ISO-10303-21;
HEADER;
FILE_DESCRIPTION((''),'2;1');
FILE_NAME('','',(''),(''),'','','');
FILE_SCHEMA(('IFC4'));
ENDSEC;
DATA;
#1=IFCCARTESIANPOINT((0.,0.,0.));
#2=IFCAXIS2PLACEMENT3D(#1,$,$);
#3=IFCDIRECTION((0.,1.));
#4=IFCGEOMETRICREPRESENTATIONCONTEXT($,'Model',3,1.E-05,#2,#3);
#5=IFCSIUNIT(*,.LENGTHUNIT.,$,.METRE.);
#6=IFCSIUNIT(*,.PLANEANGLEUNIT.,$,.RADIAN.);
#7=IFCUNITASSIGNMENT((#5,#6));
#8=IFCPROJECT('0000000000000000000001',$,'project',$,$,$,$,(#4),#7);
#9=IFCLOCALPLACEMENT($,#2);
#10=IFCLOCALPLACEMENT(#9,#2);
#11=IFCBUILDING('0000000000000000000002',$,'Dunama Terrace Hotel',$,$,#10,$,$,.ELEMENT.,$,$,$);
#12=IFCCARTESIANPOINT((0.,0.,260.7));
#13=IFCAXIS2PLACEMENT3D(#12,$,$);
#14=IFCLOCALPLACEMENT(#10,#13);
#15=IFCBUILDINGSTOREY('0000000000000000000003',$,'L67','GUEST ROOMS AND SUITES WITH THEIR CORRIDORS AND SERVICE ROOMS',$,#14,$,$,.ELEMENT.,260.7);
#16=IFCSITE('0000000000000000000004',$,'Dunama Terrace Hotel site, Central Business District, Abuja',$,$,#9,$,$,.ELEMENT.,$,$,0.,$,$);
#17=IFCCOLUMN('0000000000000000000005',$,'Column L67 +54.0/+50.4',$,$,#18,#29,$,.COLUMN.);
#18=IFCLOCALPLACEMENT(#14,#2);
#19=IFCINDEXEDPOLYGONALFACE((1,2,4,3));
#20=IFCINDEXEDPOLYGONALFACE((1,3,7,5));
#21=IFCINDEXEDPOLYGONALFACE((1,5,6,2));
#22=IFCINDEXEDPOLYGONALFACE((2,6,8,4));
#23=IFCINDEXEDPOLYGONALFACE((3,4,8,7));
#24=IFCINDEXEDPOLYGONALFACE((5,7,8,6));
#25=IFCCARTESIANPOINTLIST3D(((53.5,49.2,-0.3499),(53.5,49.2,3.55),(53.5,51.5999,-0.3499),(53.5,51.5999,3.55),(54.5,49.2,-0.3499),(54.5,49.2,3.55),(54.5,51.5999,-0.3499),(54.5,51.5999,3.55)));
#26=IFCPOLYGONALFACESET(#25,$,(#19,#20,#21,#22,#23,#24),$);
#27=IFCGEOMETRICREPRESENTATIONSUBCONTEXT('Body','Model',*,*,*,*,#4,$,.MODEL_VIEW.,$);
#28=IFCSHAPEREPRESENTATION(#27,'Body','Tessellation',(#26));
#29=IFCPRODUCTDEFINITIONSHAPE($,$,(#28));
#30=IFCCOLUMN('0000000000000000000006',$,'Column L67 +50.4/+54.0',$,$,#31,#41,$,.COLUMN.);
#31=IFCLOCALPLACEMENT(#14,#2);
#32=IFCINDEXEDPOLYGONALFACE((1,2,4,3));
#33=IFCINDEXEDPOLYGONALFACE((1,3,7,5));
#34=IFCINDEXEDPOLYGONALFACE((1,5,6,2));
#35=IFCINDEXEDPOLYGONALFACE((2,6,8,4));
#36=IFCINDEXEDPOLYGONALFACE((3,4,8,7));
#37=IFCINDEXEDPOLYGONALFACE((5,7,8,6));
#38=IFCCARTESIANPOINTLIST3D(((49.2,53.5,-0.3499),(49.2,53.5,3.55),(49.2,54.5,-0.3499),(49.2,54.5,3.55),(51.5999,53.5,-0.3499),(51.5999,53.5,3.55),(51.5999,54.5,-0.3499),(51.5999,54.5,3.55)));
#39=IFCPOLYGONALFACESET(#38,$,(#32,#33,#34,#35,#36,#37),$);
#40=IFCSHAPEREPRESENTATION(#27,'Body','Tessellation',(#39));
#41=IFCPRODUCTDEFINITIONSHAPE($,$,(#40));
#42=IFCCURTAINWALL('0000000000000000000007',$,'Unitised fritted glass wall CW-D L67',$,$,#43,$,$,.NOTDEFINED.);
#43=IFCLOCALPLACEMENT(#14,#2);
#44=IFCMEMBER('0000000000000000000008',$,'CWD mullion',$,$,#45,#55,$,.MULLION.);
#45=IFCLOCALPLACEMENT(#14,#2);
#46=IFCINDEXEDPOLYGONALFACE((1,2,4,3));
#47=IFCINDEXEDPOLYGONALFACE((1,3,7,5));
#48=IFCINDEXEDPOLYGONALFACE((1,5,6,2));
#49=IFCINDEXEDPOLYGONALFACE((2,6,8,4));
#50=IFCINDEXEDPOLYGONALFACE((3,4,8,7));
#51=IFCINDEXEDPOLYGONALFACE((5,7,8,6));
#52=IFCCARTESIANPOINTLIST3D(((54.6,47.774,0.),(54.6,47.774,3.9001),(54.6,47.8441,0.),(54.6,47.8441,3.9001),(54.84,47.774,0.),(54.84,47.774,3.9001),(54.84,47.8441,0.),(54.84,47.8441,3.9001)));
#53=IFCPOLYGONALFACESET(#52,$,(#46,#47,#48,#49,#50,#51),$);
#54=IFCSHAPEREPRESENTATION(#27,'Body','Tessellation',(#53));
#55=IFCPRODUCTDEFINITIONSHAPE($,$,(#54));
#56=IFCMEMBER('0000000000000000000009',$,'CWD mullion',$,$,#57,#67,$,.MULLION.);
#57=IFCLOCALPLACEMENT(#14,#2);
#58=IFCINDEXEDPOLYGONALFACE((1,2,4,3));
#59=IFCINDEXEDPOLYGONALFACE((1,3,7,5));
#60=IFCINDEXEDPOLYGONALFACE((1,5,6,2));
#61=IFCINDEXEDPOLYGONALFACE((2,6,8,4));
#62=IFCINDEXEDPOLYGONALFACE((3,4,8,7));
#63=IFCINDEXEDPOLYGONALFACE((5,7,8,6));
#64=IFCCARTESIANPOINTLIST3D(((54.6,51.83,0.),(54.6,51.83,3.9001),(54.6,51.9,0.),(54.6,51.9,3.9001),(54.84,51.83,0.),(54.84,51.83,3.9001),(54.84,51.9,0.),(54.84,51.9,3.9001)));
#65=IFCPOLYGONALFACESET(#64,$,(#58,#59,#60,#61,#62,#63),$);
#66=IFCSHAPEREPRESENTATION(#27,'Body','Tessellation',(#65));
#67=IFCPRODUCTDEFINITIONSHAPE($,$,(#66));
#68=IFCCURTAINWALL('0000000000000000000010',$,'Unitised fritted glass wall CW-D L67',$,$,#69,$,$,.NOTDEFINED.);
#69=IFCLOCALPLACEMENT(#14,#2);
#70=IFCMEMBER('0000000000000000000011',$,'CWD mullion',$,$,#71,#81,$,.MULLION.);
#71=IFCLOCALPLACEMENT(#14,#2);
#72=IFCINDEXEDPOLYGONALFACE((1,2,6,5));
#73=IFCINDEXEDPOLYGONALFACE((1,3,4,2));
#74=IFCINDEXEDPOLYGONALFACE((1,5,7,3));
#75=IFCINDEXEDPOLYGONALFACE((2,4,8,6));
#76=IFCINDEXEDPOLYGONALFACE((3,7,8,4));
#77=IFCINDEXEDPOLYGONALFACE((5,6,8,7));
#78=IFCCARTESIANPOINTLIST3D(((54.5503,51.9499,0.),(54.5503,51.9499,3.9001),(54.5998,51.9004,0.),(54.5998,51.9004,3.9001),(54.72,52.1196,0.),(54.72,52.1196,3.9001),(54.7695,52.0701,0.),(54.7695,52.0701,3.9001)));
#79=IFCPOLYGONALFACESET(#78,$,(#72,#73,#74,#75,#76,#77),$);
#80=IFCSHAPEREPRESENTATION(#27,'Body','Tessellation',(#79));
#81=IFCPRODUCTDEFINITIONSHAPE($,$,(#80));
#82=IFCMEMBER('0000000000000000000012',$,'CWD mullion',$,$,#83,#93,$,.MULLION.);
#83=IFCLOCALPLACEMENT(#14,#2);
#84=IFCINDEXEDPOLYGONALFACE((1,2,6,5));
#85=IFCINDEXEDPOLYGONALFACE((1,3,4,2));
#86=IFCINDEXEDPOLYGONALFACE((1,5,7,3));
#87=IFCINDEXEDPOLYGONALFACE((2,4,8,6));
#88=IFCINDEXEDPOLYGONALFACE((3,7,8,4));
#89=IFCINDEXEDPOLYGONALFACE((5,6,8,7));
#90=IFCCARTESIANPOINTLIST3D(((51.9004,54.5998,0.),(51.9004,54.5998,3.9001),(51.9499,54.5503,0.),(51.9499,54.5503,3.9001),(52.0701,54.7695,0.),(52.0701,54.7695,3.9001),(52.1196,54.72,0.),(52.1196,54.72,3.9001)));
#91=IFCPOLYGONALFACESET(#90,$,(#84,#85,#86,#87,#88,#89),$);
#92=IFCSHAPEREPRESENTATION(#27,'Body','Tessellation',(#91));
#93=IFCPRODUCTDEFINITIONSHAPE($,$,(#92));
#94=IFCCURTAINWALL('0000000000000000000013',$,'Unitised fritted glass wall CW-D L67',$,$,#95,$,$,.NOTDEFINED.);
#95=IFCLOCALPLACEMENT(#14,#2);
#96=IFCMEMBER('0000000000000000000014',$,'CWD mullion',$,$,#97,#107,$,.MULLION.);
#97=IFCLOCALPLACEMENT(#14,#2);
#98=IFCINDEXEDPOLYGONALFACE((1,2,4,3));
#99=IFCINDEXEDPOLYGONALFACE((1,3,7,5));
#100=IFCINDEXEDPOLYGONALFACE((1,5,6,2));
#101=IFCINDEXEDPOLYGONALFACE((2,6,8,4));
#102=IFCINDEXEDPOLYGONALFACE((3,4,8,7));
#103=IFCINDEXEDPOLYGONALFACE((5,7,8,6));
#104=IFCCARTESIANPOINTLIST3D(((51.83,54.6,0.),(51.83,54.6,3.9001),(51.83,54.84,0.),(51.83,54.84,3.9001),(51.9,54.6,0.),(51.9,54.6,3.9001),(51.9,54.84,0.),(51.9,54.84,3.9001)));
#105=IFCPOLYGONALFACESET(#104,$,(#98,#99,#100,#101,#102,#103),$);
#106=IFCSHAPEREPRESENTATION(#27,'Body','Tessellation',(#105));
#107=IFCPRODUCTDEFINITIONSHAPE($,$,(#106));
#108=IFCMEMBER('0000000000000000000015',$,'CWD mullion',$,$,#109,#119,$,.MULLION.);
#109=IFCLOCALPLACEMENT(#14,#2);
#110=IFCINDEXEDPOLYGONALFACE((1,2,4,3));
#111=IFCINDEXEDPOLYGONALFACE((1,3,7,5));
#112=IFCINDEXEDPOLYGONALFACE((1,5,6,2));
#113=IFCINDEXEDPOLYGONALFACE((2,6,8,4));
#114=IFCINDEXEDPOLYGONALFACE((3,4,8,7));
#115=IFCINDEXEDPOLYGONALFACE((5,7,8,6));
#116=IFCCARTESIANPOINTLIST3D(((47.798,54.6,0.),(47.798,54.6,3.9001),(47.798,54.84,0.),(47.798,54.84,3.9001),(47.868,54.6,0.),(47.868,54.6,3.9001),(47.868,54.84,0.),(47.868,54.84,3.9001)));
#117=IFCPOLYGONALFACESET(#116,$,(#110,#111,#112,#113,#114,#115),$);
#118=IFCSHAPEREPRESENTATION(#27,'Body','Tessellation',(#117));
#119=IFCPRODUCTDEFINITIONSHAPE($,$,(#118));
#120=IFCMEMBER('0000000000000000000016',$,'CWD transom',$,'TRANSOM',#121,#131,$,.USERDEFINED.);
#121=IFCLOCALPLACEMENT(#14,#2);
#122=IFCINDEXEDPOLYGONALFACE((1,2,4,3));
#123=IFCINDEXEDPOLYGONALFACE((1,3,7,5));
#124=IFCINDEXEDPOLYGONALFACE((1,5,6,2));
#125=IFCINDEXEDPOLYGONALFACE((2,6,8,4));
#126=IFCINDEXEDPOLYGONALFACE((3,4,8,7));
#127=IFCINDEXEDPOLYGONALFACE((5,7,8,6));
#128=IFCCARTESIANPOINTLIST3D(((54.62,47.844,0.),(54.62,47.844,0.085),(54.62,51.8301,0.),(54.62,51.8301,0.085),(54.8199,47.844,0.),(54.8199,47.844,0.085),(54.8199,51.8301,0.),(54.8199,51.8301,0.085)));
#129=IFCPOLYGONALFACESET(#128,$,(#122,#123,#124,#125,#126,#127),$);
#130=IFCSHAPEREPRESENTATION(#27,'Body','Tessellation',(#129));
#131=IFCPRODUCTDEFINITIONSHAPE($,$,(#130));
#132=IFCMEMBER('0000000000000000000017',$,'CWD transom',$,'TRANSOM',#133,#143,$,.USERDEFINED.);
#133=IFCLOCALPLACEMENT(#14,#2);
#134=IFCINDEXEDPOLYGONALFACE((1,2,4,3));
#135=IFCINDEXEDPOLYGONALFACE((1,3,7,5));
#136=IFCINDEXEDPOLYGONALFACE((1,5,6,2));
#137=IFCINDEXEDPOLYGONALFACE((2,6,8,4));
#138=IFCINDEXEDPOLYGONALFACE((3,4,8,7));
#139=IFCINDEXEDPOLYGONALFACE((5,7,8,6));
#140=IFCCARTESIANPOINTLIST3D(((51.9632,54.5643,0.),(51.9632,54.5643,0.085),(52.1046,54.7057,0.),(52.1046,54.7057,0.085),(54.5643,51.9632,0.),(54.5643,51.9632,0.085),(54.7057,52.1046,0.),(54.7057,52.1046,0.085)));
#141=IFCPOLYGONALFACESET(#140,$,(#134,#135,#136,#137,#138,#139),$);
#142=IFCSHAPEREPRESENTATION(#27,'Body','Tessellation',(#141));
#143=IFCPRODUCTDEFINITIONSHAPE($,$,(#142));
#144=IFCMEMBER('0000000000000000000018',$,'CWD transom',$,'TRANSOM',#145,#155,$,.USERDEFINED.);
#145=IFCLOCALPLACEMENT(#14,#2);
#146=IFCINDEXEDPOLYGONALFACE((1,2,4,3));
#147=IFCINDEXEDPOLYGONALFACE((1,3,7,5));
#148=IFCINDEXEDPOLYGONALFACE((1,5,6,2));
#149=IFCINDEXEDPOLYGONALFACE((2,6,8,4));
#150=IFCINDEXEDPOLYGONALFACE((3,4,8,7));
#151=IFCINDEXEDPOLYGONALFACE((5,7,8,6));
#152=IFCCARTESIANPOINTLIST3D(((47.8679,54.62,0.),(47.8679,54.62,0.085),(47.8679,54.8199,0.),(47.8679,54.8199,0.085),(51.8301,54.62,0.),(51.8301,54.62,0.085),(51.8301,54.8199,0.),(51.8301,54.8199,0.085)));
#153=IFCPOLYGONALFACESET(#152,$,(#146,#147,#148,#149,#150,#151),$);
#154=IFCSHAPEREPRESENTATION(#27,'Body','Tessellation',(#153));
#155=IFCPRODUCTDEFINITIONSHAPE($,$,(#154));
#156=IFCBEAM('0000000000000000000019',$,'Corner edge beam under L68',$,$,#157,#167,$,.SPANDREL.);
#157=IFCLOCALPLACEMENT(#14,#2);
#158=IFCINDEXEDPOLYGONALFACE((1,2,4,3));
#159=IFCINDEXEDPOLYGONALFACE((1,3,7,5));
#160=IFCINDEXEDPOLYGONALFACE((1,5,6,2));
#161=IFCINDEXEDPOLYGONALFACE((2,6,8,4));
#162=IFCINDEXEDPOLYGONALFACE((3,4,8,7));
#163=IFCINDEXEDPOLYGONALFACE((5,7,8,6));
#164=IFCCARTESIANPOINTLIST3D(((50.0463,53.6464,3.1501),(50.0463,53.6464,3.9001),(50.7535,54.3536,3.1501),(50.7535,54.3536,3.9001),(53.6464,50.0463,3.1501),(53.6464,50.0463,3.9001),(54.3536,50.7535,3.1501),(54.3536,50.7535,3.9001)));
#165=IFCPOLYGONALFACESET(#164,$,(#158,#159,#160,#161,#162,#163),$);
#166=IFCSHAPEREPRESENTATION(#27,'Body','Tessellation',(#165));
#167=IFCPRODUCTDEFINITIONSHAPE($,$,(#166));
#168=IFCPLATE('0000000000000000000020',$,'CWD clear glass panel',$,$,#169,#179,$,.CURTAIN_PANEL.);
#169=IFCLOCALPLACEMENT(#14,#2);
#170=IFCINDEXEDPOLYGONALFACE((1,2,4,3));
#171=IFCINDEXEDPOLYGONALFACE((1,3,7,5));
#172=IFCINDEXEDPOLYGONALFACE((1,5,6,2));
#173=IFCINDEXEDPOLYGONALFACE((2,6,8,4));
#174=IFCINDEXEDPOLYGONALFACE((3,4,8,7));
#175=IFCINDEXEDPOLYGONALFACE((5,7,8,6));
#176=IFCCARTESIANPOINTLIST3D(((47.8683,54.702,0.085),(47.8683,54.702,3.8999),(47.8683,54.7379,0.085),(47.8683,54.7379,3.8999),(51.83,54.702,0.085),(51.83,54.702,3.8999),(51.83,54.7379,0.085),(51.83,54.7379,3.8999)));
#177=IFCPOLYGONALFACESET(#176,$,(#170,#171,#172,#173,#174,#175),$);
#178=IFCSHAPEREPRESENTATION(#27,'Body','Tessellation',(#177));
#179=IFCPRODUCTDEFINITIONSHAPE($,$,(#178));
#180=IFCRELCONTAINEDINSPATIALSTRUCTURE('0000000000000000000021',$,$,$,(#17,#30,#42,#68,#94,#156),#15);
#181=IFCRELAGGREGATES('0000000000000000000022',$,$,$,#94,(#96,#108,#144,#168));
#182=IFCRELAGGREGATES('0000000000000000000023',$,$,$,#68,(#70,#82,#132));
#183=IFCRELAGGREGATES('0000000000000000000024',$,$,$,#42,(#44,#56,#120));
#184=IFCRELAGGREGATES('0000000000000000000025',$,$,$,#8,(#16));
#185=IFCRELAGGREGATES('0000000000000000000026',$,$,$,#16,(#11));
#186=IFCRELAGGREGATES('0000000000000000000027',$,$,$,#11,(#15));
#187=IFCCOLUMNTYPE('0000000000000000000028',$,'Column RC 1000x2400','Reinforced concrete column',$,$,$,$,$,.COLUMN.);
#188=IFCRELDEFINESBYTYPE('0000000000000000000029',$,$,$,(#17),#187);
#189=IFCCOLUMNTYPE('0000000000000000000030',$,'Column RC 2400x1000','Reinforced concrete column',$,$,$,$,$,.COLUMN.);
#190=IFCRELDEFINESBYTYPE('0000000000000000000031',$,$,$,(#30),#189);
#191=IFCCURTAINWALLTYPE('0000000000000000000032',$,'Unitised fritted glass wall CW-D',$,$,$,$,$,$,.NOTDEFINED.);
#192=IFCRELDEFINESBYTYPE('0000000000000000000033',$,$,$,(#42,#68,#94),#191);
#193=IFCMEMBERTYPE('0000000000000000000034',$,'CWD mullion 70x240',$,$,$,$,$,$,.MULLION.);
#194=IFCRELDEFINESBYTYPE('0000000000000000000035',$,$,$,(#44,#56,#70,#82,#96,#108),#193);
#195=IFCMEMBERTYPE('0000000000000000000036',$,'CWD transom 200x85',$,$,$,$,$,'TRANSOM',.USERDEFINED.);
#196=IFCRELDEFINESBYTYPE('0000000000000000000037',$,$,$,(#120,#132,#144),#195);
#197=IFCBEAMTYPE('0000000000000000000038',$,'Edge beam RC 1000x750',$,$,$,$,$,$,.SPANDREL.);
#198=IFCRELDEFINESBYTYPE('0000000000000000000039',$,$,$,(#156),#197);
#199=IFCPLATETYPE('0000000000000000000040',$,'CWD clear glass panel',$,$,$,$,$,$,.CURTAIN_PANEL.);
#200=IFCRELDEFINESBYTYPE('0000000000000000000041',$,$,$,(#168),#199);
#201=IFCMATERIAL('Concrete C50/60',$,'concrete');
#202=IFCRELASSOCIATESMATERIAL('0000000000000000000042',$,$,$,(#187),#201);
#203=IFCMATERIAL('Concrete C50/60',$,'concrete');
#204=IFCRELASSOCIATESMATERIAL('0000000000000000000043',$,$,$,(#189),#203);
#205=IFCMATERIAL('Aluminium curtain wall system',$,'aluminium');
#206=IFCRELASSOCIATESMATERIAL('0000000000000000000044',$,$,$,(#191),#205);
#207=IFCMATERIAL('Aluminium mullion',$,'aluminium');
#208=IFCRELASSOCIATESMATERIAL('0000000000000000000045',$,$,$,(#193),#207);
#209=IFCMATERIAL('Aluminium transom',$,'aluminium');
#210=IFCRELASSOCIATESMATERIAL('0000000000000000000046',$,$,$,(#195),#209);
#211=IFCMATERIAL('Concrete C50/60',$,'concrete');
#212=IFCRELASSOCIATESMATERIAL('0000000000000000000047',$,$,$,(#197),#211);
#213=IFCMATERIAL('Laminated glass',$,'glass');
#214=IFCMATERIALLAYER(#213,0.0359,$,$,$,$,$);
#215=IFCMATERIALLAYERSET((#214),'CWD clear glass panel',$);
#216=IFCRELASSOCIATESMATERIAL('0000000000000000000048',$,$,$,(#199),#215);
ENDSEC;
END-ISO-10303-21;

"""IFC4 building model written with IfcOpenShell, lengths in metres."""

from ifc_helpers import new_model, si_unit, direction, frame, origin, origin_2d, place, context, subcontext, project, spatial, rectangle, extrude, material, layer, layer_set, material_profile, profile_set, type_object, element, aggregate, save


model = new_model("IFC4")

# Units and contexts
model_context = context("Model", 3, precision=1e-05, world=origin(), true_north=direction((0.0, 1.0)))
body_context = subcontext(model_context, "Body", "Model", "MODEL_VIEW")
ifc_project = project(units=[si_unit("LENGTHUNIT", "METRE"), si_unit("PLANEANGLEUNIT", "RADIAN")], contexts=[model_context])

# Site, building, storey
site_placement = place(None, origin())
site = spatial("IfcSite", under=ifc_project, at=site_placement, Name="Dunama Terrace Hotel site, Central Business District, Abuja", CompositionType="ELEMENT", RefElevation=0.0)
building_placement = place(site_placement, origin())
building = spatial("IfcBuilding", under=site, at=building_placement, Name="Dunama Terrace Hotel", CompositionType="ELEMENT")
storey_placement = place(building_placement, frame((0.0, 0.0, 260.7)))
storey = spatial("IfcBuildingStorey", under=building, at=storey_placement, Name="L67", Description="GUEST ROOMS AND SUITES WITH THEIR CORRIDORS AND SERVICE ROOMS", CompositionType="ELEMENT", Elevation=260.7)

# Columns
ifc_material_1 = material(Name="Concrete C50/60", Category="concrete")
ifc_material_profile_1 = material_profile(ifc_material_1, rectangle(XDim=1.0, YDim=2.3999, at=origin_2d()), Name="RC 1000x2400")
ifc_profile_set_1 = profile_set([ifc_material_profile_1], Name="Concrete C50/60")
column_type_1 = type_object("IfcColumnType", Name="Column RC 1000x2400", Description="Reinforced concrete column", PredefinedType="COLUMN", material=ifc_profile_set_1)
column_1_placement = place(storey_placement, frame((54.0, 50.3999, -0.3499), z_axis=(0.0, 0.0, 1.0), x_axis=(1.0, 0.0, 0.0)))
element("IfcColumn", 1, at=column_1_placement, inside=storey, type_object=column_type_1, Name="Column L67 +54.0/+50.4", PredefinedType="COLUMN", context=body_context, shape_type="SweptSolid", body=[
    extrude(rectangle(XDim=1.0, YDim=2.3999, at=origin_2d()), origin(), (0.0, 0.0, 1.0), 3.8999),
])
ifc_material_2 = material(Name="Concrete C50/60", Category="concrete")
ifc_material_profile_2 = material_profile(ifc_material_2, rectangle(XDim=2.3999, YDim=1.0, at=origin_2d()), Name="RC 2400x1000")
ifc_profile_set_2 = profile_set([ifc_material_profile_2], Name="Concrete C50/60")
column_type_2 = type_object("IfcColumnType", Name="Column RC 2400x1000", Description="Reinforced concrete column", PredefinedType="COLUMN", material=ifc_profile_set_2)
column_2_placement = place(storey_placement, frame((50.3999, 54.0, -0.3499), z_axis=(0.0, 0.0, 1.0), x_axis=(1.0, 0.0, 0.0)))
element("IfcColumn", 2, at=column_2_placement, inside=storey, type_object=column_type_2, Name="Column L67 +50.4/+54.0", PredefinedType="COLUMN", context=body_context, shape_type="SweptSolid", body=[
    extrude(rectangle(XDim=2.3999, YDim=1.0, at=origin_2d()), origin(), (0.0, 0.0, 1.0), 3.8999),
])

# Curtain walls, members
ifc_material_3 = material(Name="Aluminium curtain wall system", Category="aluminium")
curtain_wall_type = type_object("IfcCurtainWallType", Name="Unitised fritted glass wall CW-D", PredefinedType="NOTDEFINED", material=ifc_material_3)
curtain_wall_1_placement = place(storey_placement, origin())
curtain_wall_1 = element("IfcCurtainWall", 3, at=curtain_wall_1_placement, inside=storey, type_object=curtain_wall_type, Name="Unitised fritted glass wall CW-D L67", PredefinedType="NOTDEFINED")
ifc_material_4 = material(Name="Aluminium mullion", Category="aluminium")
ifc_material_profile_3 = material_profile(ifc_material_4, rectangle(XDim=0.0701, YDim=0.24, at=origin_2d()), Name="CWD MULLION 70X240")
ifc_profile_set_3 = profile_set([ifc_material_profile_3], Name="Aluminium mullion")
member_type_1 = type_object("IfcMemberType", Name="CWD mullion 70x240", PredefinedType="MULLION", material=ifc_profile_set_3)
member_1_placement = place(storey_placement, frame((54.72, 47.8091, 0.0), z_axis=(0.0, 0.0, 1.0), x_axis=(0.0, 1.0, 0.0)))
member_1 = element("IfcMember", 4, at=member_1_placement, type_object=member_type_1, Name="CWD mullion", PredefinedType="MULLION", context=body_context, shape_type="SweptSolid", body=[
    extrude(rectangle(XDim=0.0701, YDim=0.24, at=origin_2d()), origin(), (0.0, 0.0, 1.0), 3.9001),
])
member_2_placement = place(storey_placement, frame((54.72, 51.865, 0.0), z_axis=(0.0, 0.0, 1.0), x_axis=(0.0, 1.0, 0.0)))
member_2 = element("IfcMember", 5, at=member_2_placement, type_object=member_type_1, Name="CWD mullion", PredefinedType="MULLION", context=body_context, shape_type="SweptSolid", body=[
    extrude(rectangle(XDim=0.0701, YDim=0.24, at=origin_2d()), origin(), (0.0, 0.0, 1.0), 3.9001),
])
curtain_wall_2_placement = place(storey_placement, origin())
curtain_wall_2 = element("IfcCurtainWall", 6, at=curtain_wall_2_placement, inside=storey, type_object=curtain_wall_type, Name="Unitised fritted glass wall CW-D L67", PredefinedType="NOTDEFINED")
member_3_placement = place(storey_placement, frame((54.6599, 52.01, 0.0), z_axis=(0.0, 0.0, 1.0), x_axis=(-0.707107, 0.707107, 0.0)))
member_3 = element("IfcMember", 7, at=member_3_placement, type_object=member_type_1, Name="CWD mullion", PredefinedType="MULLION", context=body_context, shape_type="SweptSolid", body=[
    extrude(rectangle(XDim=0.0701, YDim=0.24, at=origin_2d()), origin(), (0.0, 0.0, 1.0), 3.9001),
])
member_4_placement = place(storey_placement, frame((52.01, 54.6599, 0.0), z_axis=(0.0, 0.0, 1.0), x_axis=(-0.707107, 0.707107, 0.0)))
member_4 = element("IfcMember", 8, at=member_4_placement, type_object=member_type_1, Name="CWD mullion", PredefinedType="MULLION", context=body_context, shape_type="SweptSolid", body=[
    extrude(rectangle(XDim=0.0701, YDim=0.24, at=origin_2d()), origin(), (0.0, 0.0, 1.0), 3.9001),
])
curtain_wall_3_placement = place(storey_placement, origin())
curtain_wall_3 = element("IfcCurtainWall", 9, at=curtain_wall_3_placement, inside=storey, type_object=curtain_wall_type, Name="Unitised fritted glass wall CW-D L67", PredefinedType="NOTDEFINED")
member_5_placement = place(storey_placement, frame((51.865, 54.72, 0.0), z_axis=(0.0, 0.0, 1.0), x_axis=(-1.0, 0.0, 0.0)))
member_5 = element("IfcMember", 10, at=member_5_placement, type_object=member_type_1, Name="CWD mullion", PredefinedType="MULLION", context=body_context, shape_type="SweptSolid", body=[
    extrude(rectangle(XDim=0.0701, YDim=0.24, at=origin_2d()), origin(), (0.0, 0.0, 1.0), 3.9001),
])
member_6_placement = place(storey_placement, frame((47.833, 54.72, 0.0), z_axis=(0.0, 0.0, 1.0), x_axis=(-1.0, 0.0, 0.0)))
member_6 = element("IfcMember", 11, at=member_6_placement, type_object=member_type_1, Name="CWD mullion", PredefinedType="MULLION", context=body_context, shape_type="SweptSolid", body=[
    extrude(rectangle(XDim=0.0701, YDim=0.24, at=origin_2d()), origin(), (0.0, 0.0, 1.0), 3.9001),
])

# Members
ifc_material_5 = material(Name="Aluminium transom", Category="aluminium")
ifc_material_profile_4 = material_profile(ifc_material_5, rectangle(XDim=0.2, YDim=0.085, at=origin_2d()), Name="CWD TRANSOM 200X85")
ifc_profile_set_4 = profile_set([ifc_material_profile_4], Name="Aluminium transom")
member_type_2 = type_object("IfcMemberType", Name="CWD transom 200x85", ElementType="TRANSOM", PredefinedType="USERDEFINED", material=ifc_profile_set_4)
member_7_placement = place(storey_placement, frame((54.72, 47.844, 0.0425), z_axis=(0.0, 1.0, 0.0), x_axis=(-1.0, 0.0, 0.0)))
member_7 = element("IfcMember", 12, at=member_7_placement, type_object=member_type_2, Name="CWD transom", ObjectType="TRANSOM", PredefinedType="USERDEFINED", context=body_context, shape_type="SweptSolid", body=[
    extrude(rectangle(XDim=0.2, YDim=0.085, at=origin_2d()), origin(), (0.0, 0.0, 1.0), 3.9861),
])
member_8_placement = place(storey_placement, frame((54.635, 52.0339, 0.0425), z_axis=(-0.707107, 0.707107, 0.0), x_axis=(-0.707107, -0.707107, 0.0)))
member_8 = element("IfcMember", 13, at=member_8_placement, type_object=member_type_2, Name="CWD transom", ObjectType="TRANSOM", PredefinedType="USERDEFINED", context=body_context, shape_type="SweptSolid", body=[
    extrude(rectangle(XDim=0.2, YDim=0.085, at=origin_2d()), origin(), (0.0, 0.0, 1.0), 3.6785),
])
member_9_placement = place(storey_placement, frame((51.8301, 54.72, 0.0425), z_axis=(-1.0, 0.0, 0.0), x_axis=(0.0, -1.0, 0.0)))
member_9 = element("IfcMember", 14, at=member_9_placement, type_object=member_type_2, Name="CWD transom", ObjectType="TRANSOM", PredefinedType="USERDEFINED", context=body_context, shape_type="SweptSolid", body=[
    extrude(rectangle(XDim=0.2, YDim=0.085, at=origin_2d()), origin(), (0.0, 0.0, 1.0), 3.9622),
])

# Beam
ifc_material_6 = material(Name="Concrete C50/60", Category="concrete")
ifc_material_profile_5 = material_profile(ifc_material_6, rectangle(XDim=1.0, YDim=0.75, at=origin_2d()), Name="RC 1000x750")
ifc_profile_set_5 = profile_set([ifc_material_profile_5], Name="Concrete C50/60")
beam_type = type_object("IfcBeamType", Name="Edge beam RC 1000x750", PredefinedType="SPANDREL", material=ifc_profile_set_5)
beam_placement = place(storey_placement, frame((50.3999, 54.0, 3.5251), z_axis=(0.707107, -0.707107, 0.0), x_axis=(0.707107, 0.707107, 0.0)))
element("IfcBeam", 15, at=beam_placement, inside=storey, type_object=beam_type, Name="Corner edge beam under L68", PredefinedType="SPANDREL", context=body_context, shape_type="SweptSolid", body=[
    extrude(rectangle(XDim=1.0, YDim=0.75, at=origin_2d()), origin(), (0.0, 0.0, 1.0), 5.0913),
])

# Plate
ifc_material_7 = material(Name="Laminated glass", Category="glass")
ifc_layer_1 = layer(ifc_material_7, 0.0359)
ifc_layer_set_1 = layer_set([ifc_layer_1], Name="CWD clear glass panel")
plate_type_1 = type_object("IfcPlateType", Name="CWD clear glass panel", PredefinedType="CURTAIN_PANEL", material=ifc_layer_set_1)
plate_1_placement = place(storey_placement, frame((49.8491, 54.72, 0.085), z_axis=(0.0, 0.0, 1.0), x_axis=(-1.0, 0.0, 0.0)))
plate_1 = element("IfcPlate", 16, at=plate_1_placement, type_object=plate_type_1, Name="CWD clear glass panel", PredefinedType="CURTAIN_PANEL", context=body_context, shape_type="SweptSolid", body=[
    extrude(rectangle(XDim=3.9617, YDim=0.0359, at=origin_2d()), origin(), (0.0, 0.0, 1.0), 3.8149),
])
aggregate(curtain_wall_3, [member_5, member_6, member_9, plate_1])
aggregate(curtain_wall_2, [member_3, member_4, member_8])
aggregate(curtain_wall_1, [member_1, member_2, member_7])

save(model, "model.ifc")
